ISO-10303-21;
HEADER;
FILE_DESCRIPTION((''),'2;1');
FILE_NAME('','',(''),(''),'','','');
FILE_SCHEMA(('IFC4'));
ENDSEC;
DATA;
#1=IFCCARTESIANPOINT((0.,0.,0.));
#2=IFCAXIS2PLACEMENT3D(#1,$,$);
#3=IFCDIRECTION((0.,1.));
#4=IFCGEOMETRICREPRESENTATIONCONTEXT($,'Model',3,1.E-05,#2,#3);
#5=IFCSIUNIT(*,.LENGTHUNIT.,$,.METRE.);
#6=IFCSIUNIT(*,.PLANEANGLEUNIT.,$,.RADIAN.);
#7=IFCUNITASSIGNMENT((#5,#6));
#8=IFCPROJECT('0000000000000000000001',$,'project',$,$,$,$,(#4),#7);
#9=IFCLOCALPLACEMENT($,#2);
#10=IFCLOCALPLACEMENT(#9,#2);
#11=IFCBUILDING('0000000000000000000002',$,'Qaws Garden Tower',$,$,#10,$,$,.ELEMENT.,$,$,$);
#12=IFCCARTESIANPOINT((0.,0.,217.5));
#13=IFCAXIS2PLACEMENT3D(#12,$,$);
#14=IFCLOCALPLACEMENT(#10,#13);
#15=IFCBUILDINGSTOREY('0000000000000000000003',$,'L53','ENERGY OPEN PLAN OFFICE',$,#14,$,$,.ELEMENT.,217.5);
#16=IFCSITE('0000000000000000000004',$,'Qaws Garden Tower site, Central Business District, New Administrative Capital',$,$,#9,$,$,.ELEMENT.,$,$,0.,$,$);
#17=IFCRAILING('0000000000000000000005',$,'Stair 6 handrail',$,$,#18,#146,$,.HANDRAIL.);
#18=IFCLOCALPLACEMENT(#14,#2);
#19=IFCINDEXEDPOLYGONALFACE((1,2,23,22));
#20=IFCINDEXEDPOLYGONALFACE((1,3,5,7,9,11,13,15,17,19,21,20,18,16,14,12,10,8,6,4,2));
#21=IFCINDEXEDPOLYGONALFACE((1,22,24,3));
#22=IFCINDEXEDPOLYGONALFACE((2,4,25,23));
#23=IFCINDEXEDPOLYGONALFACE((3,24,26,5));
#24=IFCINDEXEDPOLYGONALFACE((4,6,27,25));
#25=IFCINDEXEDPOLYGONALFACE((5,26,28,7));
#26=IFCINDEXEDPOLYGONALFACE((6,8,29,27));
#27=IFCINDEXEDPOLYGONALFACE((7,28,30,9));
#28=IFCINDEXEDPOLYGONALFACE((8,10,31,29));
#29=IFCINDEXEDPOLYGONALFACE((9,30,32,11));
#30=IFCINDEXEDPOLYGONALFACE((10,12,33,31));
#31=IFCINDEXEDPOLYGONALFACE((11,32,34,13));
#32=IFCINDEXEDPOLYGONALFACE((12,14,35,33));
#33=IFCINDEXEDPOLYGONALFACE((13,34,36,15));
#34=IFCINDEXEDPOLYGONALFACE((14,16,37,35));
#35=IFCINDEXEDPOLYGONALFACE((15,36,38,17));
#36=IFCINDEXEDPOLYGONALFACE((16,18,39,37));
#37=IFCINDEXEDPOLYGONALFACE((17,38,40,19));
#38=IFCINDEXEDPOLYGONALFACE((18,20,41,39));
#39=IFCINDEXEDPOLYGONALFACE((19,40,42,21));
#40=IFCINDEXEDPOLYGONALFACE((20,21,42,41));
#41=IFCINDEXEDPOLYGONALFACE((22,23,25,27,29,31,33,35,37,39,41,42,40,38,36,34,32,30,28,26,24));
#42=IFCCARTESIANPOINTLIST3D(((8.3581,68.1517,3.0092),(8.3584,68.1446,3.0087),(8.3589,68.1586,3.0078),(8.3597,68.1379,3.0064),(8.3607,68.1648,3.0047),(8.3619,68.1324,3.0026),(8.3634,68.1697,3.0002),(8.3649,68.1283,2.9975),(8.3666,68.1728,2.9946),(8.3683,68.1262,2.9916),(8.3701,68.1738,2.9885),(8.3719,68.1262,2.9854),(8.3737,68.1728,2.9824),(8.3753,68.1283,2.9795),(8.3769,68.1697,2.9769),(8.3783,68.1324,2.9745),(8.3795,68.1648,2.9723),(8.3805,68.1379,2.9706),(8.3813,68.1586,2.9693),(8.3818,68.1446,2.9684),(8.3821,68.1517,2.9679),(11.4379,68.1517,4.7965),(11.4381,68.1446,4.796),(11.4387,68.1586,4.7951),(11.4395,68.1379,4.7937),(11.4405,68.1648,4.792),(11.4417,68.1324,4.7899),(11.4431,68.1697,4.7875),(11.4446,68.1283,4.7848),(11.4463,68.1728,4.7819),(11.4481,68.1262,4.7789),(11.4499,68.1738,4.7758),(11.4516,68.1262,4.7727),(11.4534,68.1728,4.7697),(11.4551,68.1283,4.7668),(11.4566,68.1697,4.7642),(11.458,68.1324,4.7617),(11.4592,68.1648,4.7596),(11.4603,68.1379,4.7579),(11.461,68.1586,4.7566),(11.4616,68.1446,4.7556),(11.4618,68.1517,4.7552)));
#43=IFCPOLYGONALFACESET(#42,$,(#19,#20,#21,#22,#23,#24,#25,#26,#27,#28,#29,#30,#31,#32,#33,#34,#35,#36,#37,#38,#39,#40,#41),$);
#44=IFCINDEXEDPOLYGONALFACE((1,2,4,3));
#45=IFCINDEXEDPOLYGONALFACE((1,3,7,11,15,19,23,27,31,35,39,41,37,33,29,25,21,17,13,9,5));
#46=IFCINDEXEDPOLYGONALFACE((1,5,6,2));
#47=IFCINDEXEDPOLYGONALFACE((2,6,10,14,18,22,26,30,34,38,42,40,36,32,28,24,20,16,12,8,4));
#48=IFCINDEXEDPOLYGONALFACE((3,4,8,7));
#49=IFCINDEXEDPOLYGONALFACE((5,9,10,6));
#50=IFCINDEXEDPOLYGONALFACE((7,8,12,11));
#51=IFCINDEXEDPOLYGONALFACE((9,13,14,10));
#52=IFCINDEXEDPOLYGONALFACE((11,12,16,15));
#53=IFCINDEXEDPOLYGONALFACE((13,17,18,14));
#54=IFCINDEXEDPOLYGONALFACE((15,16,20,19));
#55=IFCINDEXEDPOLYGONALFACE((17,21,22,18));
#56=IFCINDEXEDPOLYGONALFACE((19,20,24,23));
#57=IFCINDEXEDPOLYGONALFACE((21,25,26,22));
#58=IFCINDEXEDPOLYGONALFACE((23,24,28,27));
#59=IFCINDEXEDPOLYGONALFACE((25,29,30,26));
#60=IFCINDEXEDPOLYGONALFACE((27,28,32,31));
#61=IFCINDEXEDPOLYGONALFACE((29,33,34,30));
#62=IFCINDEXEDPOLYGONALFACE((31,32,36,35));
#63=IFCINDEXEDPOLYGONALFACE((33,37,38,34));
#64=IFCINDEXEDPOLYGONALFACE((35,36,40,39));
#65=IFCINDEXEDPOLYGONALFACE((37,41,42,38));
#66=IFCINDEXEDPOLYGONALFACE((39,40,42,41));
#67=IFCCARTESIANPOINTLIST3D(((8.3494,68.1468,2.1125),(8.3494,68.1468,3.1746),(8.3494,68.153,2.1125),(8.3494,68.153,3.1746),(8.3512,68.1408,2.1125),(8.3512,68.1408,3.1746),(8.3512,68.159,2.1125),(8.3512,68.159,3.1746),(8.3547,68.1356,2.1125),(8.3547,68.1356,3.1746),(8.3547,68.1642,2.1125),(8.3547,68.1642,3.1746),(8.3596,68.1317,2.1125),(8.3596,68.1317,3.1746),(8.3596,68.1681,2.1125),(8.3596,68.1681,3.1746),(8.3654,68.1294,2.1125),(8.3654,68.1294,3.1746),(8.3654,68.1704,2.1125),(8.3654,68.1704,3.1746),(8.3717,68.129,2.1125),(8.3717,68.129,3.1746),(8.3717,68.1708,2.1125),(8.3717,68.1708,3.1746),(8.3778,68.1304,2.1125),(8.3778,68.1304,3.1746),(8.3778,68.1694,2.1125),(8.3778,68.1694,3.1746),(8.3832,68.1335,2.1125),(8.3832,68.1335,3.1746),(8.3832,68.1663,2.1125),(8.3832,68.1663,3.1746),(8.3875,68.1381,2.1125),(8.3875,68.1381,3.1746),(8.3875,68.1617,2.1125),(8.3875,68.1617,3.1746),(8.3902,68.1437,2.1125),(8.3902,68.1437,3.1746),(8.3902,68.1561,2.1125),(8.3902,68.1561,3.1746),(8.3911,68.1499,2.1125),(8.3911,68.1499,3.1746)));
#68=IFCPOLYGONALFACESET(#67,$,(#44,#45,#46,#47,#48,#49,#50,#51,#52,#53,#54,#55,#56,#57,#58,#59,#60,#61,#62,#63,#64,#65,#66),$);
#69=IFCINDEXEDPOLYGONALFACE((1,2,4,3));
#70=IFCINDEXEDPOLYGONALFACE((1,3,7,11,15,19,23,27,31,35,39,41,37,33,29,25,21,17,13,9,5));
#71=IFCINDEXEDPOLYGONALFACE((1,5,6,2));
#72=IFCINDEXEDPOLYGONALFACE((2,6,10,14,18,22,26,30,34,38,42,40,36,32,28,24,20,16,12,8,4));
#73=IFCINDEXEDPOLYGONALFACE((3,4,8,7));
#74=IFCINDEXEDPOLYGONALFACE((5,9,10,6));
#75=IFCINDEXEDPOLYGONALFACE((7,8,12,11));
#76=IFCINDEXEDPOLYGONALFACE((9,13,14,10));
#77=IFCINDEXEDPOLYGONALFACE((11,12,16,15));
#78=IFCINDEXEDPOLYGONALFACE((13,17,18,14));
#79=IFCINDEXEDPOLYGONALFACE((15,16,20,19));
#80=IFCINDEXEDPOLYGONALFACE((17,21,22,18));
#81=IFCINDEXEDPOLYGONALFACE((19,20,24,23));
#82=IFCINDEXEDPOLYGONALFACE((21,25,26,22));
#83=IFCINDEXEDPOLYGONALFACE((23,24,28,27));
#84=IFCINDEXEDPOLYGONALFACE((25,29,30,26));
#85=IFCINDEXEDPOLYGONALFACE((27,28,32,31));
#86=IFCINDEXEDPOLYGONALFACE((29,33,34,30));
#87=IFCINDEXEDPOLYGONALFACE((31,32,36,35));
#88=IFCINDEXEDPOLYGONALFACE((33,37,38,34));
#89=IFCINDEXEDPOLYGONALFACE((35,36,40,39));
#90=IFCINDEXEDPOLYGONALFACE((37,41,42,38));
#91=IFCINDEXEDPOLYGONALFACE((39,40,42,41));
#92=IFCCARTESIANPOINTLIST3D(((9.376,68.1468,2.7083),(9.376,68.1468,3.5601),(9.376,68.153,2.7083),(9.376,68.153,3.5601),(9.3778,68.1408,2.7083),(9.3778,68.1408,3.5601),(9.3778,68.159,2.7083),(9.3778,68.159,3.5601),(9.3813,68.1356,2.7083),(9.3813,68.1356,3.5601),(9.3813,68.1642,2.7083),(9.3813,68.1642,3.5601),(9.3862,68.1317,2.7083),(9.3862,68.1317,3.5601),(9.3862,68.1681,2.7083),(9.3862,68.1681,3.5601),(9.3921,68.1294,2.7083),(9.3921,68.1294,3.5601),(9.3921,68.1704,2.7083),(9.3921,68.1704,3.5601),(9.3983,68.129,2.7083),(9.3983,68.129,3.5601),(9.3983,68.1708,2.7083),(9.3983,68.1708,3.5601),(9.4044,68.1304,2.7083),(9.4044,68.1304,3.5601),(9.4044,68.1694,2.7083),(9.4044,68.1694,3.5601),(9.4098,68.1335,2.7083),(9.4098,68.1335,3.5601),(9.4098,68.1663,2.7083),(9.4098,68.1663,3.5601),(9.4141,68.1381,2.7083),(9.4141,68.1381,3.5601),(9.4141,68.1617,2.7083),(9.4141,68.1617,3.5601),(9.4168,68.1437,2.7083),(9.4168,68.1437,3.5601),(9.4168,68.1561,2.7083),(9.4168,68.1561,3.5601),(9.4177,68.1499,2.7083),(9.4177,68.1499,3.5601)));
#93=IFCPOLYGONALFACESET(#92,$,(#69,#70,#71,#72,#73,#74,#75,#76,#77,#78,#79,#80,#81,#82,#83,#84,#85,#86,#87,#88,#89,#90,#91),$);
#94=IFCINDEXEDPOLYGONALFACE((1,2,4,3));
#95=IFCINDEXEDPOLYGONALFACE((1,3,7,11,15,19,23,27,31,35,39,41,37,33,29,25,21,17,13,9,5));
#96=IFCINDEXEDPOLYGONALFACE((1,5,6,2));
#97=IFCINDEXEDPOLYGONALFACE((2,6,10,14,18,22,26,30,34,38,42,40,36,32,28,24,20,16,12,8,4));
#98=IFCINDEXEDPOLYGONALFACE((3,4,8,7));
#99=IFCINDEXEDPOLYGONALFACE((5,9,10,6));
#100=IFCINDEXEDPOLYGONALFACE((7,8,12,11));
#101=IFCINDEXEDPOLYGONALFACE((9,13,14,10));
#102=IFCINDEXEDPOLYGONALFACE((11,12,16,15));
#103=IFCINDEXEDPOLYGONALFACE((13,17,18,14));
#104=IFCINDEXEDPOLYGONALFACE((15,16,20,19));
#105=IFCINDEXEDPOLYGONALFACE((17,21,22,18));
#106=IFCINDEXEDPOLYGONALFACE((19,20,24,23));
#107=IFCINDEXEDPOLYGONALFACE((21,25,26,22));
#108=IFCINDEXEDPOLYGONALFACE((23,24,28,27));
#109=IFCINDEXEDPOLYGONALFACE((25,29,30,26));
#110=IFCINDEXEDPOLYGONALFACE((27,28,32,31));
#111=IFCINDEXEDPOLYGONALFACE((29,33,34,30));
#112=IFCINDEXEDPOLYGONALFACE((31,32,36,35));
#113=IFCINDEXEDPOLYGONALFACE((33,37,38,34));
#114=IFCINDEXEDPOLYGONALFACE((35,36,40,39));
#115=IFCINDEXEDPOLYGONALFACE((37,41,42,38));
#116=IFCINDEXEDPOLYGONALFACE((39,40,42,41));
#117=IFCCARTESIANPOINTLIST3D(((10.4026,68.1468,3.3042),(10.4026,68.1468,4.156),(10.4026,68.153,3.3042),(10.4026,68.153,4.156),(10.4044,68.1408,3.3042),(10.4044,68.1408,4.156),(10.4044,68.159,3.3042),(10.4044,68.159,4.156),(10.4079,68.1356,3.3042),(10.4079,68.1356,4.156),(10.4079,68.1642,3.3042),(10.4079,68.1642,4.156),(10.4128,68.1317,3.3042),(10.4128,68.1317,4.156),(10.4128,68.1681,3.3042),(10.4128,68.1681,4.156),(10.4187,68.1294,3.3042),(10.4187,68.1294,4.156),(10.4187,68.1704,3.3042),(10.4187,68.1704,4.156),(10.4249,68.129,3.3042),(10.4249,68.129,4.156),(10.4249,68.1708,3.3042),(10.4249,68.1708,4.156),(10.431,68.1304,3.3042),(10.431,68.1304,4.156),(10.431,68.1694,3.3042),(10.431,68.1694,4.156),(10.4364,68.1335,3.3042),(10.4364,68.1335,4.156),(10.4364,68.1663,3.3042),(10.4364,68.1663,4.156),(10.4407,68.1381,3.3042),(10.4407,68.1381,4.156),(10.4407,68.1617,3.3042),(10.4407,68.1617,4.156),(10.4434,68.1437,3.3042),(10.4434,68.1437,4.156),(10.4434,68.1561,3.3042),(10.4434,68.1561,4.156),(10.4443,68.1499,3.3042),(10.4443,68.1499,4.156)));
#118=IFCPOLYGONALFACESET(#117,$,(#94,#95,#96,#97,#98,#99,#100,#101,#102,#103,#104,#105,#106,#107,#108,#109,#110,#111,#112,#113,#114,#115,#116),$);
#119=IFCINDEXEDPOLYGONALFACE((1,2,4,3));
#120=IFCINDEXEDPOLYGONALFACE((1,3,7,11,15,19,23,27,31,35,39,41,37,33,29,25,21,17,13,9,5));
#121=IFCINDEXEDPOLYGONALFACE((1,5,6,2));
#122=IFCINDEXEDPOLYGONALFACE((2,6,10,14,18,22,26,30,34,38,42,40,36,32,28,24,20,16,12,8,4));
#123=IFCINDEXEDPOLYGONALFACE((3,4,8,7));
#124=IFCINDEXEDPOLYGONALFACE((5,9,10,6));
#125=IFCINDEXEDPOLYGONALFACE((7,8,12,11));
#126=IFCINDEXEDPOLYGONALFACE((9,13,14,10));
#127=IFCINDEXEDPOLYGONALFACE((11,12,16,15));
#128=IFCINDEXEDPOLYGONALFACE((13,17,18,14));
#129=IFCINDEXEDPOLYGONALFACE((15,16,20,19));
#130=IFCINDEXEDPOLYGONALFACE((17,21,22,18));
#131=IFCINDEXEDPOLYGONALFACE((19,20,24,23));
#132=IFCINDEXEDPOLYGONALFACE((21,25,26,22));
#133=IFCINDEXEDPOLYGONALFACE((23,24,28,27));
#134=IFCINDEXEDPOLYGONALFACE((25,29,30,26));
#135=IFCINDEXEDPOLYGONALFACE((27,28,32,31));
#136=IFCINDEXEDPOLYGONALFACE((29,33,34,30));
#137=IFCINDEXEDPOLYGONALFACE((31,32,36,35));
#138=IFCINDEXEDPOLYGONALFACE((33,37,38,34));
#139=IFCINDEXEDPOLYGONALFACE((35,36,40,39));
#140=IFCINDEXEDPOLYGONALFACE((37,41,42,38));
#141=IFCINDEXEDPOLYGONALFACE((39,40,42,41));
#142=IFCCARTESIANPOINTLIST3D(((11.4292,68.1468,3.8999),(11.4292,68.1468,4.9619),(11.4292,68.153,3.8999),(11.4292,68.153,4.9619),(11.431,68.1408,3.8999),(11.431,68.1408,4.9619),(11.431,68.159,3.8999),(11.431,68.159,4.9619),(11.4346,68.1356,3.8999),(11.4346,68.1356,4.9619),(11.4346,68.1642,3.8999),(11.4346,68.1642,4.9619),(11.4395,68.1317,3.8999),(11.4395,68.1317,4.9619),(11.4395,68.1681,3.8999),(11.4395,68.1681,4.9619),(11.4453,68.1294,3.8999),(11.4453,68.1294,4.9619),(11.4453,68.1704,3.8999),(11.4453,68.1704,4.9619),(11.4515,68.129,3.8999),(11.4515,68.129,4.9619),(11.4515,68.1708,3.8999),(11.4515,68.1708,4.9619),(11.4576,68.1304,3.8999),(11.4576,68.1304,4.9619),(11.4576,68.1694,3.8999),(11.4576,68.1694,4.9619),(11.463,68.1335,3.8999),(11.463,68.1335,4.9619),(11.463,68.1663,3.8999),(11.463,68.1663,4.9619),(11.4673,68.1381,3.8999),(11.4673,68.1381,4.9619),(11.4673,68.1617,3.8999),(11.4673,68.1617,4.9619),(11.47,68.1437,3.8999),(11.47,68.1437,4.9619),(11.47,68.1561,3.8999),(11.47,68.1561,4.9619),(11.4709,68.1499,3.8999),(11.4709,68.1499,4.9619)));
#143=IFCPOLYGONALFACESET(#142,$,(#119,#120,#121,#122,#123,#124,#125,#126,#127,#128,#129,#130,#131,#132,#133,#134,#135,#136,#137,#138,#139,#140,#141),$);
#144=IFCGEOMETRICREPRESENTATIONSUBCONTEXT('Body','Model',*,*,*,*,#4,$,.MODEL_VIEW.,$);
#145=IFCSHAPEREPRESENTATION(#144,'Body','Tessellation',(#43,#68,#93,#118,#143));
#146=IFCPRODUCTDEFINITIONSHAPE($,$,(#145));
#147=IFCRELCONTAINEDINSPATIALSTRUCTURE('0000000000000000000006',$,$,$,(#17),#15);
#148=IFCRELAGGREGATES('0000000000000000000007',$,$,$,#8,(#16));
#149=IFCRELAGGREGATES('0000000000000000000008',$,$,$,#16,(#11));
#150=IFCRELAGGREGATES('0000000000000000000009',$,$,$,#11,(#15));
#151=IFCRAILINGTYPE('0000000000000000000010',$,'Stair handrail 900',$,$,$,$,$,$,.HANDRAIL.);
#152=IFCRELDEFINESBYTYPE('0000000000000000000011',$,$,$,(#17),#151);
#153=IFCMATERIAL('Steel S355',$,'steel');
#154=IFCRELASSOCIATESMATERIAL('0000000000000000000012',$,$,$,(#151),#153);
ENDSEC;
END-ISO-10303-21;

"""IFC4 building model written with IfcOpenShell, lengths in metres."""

from ifc_helpers import new_model, si_unit, direction, frame, origin, origin_2d, place, context, subcontext, project, spatial, circle, extrude, material, type_object, element, save


model = new_model("IFC4")

# Units and contexts
model_context = context("Model", 3, precision=1e-05, world=origin(), true_north=direction((0.0, 1.0)))
body_context = subcontext(model_context, "Body", "Model", "MODEL_VIEW")
ifc_project = project(units=[si_unit("LENGTHUNIT", "METRE"), si_unit("PLANEANGLEUNIT", "RADIAN")], contexts=[model_context])

# Site, building, storey
site_placement = place(None, origin())
site = spatial("IfcSite", under=ifc_project, at=site_placement, Name="Qaws Garden Tower site, Central Business District, New Administrative Capital", CompositionType="ELEMENT", RefElevation=0.0)
building_placement = place(site_placement, origin())
building = spatial("IfcBuilding", under=site, at=building_placement, Name="Qaws Garden Tower", CompositionType="ELEMENT")
storey_placement = place(building_placement, frame((0.0, 0.0, 217.5)))
storey = spatial("IfcBuildingStorey", under=building, at=storey_placement, Name="L53", Description="ENERGY OPEN PLAN OFFICE", CompositionType="ELEMENT", Elevation=217.5)

# Railing
ifc_material_1 = material(Name="Steel S355", Category="steel")
railing_type = type_object("IfcRailingType", Name="Stair handrail 900", PredefinedType="HANDRAIL", material=ifc_material_1)
railing_1_placement = place(storey_placement, frame((8.3701, 68.1499, 2.1125)))
element("IfcRailing", 1, at=railing_1_placement, inside=storey, type_object=railing_type, Name="Stair 6 handrail", PredefinedType="HANDRAIL", context=body_context, shape_type="SweptSolid", body=[
    extrude(circle(Radius=0.0239, at=origin_2d()), frame((0.0, 0.0, 0.876), z_axis=(0.864903, 0.0, 0.501939), x_axis=(0.0, 1.0, 0.0)), (0.0, 0.0, 1.0), 3.5608),
    extrude(circle(Radius=0.021, at=origin_2d()), origin(), (0.0, 0.0, 1.0), 1.062),
    extrude(circle(Radius=0.021, at=origin_2d()), frame((1.0266, 0.0, 0.5957)), (0.0, 0.0, 1.0), 0.8518),
    extrude(circle(Radius=0.021, at=origin_2d()), frame((2.0532, 0.0, 1.1917)), (0.0, 0.0, 1.0), 0.8518),
    extrude(circle(Radius=0.021, at=origin_2d()), frame((3.0798, 0.0, 1.7874)), (0.0, 0.0, 1.0), 1.062),
])

save(model, "model.ifc")
